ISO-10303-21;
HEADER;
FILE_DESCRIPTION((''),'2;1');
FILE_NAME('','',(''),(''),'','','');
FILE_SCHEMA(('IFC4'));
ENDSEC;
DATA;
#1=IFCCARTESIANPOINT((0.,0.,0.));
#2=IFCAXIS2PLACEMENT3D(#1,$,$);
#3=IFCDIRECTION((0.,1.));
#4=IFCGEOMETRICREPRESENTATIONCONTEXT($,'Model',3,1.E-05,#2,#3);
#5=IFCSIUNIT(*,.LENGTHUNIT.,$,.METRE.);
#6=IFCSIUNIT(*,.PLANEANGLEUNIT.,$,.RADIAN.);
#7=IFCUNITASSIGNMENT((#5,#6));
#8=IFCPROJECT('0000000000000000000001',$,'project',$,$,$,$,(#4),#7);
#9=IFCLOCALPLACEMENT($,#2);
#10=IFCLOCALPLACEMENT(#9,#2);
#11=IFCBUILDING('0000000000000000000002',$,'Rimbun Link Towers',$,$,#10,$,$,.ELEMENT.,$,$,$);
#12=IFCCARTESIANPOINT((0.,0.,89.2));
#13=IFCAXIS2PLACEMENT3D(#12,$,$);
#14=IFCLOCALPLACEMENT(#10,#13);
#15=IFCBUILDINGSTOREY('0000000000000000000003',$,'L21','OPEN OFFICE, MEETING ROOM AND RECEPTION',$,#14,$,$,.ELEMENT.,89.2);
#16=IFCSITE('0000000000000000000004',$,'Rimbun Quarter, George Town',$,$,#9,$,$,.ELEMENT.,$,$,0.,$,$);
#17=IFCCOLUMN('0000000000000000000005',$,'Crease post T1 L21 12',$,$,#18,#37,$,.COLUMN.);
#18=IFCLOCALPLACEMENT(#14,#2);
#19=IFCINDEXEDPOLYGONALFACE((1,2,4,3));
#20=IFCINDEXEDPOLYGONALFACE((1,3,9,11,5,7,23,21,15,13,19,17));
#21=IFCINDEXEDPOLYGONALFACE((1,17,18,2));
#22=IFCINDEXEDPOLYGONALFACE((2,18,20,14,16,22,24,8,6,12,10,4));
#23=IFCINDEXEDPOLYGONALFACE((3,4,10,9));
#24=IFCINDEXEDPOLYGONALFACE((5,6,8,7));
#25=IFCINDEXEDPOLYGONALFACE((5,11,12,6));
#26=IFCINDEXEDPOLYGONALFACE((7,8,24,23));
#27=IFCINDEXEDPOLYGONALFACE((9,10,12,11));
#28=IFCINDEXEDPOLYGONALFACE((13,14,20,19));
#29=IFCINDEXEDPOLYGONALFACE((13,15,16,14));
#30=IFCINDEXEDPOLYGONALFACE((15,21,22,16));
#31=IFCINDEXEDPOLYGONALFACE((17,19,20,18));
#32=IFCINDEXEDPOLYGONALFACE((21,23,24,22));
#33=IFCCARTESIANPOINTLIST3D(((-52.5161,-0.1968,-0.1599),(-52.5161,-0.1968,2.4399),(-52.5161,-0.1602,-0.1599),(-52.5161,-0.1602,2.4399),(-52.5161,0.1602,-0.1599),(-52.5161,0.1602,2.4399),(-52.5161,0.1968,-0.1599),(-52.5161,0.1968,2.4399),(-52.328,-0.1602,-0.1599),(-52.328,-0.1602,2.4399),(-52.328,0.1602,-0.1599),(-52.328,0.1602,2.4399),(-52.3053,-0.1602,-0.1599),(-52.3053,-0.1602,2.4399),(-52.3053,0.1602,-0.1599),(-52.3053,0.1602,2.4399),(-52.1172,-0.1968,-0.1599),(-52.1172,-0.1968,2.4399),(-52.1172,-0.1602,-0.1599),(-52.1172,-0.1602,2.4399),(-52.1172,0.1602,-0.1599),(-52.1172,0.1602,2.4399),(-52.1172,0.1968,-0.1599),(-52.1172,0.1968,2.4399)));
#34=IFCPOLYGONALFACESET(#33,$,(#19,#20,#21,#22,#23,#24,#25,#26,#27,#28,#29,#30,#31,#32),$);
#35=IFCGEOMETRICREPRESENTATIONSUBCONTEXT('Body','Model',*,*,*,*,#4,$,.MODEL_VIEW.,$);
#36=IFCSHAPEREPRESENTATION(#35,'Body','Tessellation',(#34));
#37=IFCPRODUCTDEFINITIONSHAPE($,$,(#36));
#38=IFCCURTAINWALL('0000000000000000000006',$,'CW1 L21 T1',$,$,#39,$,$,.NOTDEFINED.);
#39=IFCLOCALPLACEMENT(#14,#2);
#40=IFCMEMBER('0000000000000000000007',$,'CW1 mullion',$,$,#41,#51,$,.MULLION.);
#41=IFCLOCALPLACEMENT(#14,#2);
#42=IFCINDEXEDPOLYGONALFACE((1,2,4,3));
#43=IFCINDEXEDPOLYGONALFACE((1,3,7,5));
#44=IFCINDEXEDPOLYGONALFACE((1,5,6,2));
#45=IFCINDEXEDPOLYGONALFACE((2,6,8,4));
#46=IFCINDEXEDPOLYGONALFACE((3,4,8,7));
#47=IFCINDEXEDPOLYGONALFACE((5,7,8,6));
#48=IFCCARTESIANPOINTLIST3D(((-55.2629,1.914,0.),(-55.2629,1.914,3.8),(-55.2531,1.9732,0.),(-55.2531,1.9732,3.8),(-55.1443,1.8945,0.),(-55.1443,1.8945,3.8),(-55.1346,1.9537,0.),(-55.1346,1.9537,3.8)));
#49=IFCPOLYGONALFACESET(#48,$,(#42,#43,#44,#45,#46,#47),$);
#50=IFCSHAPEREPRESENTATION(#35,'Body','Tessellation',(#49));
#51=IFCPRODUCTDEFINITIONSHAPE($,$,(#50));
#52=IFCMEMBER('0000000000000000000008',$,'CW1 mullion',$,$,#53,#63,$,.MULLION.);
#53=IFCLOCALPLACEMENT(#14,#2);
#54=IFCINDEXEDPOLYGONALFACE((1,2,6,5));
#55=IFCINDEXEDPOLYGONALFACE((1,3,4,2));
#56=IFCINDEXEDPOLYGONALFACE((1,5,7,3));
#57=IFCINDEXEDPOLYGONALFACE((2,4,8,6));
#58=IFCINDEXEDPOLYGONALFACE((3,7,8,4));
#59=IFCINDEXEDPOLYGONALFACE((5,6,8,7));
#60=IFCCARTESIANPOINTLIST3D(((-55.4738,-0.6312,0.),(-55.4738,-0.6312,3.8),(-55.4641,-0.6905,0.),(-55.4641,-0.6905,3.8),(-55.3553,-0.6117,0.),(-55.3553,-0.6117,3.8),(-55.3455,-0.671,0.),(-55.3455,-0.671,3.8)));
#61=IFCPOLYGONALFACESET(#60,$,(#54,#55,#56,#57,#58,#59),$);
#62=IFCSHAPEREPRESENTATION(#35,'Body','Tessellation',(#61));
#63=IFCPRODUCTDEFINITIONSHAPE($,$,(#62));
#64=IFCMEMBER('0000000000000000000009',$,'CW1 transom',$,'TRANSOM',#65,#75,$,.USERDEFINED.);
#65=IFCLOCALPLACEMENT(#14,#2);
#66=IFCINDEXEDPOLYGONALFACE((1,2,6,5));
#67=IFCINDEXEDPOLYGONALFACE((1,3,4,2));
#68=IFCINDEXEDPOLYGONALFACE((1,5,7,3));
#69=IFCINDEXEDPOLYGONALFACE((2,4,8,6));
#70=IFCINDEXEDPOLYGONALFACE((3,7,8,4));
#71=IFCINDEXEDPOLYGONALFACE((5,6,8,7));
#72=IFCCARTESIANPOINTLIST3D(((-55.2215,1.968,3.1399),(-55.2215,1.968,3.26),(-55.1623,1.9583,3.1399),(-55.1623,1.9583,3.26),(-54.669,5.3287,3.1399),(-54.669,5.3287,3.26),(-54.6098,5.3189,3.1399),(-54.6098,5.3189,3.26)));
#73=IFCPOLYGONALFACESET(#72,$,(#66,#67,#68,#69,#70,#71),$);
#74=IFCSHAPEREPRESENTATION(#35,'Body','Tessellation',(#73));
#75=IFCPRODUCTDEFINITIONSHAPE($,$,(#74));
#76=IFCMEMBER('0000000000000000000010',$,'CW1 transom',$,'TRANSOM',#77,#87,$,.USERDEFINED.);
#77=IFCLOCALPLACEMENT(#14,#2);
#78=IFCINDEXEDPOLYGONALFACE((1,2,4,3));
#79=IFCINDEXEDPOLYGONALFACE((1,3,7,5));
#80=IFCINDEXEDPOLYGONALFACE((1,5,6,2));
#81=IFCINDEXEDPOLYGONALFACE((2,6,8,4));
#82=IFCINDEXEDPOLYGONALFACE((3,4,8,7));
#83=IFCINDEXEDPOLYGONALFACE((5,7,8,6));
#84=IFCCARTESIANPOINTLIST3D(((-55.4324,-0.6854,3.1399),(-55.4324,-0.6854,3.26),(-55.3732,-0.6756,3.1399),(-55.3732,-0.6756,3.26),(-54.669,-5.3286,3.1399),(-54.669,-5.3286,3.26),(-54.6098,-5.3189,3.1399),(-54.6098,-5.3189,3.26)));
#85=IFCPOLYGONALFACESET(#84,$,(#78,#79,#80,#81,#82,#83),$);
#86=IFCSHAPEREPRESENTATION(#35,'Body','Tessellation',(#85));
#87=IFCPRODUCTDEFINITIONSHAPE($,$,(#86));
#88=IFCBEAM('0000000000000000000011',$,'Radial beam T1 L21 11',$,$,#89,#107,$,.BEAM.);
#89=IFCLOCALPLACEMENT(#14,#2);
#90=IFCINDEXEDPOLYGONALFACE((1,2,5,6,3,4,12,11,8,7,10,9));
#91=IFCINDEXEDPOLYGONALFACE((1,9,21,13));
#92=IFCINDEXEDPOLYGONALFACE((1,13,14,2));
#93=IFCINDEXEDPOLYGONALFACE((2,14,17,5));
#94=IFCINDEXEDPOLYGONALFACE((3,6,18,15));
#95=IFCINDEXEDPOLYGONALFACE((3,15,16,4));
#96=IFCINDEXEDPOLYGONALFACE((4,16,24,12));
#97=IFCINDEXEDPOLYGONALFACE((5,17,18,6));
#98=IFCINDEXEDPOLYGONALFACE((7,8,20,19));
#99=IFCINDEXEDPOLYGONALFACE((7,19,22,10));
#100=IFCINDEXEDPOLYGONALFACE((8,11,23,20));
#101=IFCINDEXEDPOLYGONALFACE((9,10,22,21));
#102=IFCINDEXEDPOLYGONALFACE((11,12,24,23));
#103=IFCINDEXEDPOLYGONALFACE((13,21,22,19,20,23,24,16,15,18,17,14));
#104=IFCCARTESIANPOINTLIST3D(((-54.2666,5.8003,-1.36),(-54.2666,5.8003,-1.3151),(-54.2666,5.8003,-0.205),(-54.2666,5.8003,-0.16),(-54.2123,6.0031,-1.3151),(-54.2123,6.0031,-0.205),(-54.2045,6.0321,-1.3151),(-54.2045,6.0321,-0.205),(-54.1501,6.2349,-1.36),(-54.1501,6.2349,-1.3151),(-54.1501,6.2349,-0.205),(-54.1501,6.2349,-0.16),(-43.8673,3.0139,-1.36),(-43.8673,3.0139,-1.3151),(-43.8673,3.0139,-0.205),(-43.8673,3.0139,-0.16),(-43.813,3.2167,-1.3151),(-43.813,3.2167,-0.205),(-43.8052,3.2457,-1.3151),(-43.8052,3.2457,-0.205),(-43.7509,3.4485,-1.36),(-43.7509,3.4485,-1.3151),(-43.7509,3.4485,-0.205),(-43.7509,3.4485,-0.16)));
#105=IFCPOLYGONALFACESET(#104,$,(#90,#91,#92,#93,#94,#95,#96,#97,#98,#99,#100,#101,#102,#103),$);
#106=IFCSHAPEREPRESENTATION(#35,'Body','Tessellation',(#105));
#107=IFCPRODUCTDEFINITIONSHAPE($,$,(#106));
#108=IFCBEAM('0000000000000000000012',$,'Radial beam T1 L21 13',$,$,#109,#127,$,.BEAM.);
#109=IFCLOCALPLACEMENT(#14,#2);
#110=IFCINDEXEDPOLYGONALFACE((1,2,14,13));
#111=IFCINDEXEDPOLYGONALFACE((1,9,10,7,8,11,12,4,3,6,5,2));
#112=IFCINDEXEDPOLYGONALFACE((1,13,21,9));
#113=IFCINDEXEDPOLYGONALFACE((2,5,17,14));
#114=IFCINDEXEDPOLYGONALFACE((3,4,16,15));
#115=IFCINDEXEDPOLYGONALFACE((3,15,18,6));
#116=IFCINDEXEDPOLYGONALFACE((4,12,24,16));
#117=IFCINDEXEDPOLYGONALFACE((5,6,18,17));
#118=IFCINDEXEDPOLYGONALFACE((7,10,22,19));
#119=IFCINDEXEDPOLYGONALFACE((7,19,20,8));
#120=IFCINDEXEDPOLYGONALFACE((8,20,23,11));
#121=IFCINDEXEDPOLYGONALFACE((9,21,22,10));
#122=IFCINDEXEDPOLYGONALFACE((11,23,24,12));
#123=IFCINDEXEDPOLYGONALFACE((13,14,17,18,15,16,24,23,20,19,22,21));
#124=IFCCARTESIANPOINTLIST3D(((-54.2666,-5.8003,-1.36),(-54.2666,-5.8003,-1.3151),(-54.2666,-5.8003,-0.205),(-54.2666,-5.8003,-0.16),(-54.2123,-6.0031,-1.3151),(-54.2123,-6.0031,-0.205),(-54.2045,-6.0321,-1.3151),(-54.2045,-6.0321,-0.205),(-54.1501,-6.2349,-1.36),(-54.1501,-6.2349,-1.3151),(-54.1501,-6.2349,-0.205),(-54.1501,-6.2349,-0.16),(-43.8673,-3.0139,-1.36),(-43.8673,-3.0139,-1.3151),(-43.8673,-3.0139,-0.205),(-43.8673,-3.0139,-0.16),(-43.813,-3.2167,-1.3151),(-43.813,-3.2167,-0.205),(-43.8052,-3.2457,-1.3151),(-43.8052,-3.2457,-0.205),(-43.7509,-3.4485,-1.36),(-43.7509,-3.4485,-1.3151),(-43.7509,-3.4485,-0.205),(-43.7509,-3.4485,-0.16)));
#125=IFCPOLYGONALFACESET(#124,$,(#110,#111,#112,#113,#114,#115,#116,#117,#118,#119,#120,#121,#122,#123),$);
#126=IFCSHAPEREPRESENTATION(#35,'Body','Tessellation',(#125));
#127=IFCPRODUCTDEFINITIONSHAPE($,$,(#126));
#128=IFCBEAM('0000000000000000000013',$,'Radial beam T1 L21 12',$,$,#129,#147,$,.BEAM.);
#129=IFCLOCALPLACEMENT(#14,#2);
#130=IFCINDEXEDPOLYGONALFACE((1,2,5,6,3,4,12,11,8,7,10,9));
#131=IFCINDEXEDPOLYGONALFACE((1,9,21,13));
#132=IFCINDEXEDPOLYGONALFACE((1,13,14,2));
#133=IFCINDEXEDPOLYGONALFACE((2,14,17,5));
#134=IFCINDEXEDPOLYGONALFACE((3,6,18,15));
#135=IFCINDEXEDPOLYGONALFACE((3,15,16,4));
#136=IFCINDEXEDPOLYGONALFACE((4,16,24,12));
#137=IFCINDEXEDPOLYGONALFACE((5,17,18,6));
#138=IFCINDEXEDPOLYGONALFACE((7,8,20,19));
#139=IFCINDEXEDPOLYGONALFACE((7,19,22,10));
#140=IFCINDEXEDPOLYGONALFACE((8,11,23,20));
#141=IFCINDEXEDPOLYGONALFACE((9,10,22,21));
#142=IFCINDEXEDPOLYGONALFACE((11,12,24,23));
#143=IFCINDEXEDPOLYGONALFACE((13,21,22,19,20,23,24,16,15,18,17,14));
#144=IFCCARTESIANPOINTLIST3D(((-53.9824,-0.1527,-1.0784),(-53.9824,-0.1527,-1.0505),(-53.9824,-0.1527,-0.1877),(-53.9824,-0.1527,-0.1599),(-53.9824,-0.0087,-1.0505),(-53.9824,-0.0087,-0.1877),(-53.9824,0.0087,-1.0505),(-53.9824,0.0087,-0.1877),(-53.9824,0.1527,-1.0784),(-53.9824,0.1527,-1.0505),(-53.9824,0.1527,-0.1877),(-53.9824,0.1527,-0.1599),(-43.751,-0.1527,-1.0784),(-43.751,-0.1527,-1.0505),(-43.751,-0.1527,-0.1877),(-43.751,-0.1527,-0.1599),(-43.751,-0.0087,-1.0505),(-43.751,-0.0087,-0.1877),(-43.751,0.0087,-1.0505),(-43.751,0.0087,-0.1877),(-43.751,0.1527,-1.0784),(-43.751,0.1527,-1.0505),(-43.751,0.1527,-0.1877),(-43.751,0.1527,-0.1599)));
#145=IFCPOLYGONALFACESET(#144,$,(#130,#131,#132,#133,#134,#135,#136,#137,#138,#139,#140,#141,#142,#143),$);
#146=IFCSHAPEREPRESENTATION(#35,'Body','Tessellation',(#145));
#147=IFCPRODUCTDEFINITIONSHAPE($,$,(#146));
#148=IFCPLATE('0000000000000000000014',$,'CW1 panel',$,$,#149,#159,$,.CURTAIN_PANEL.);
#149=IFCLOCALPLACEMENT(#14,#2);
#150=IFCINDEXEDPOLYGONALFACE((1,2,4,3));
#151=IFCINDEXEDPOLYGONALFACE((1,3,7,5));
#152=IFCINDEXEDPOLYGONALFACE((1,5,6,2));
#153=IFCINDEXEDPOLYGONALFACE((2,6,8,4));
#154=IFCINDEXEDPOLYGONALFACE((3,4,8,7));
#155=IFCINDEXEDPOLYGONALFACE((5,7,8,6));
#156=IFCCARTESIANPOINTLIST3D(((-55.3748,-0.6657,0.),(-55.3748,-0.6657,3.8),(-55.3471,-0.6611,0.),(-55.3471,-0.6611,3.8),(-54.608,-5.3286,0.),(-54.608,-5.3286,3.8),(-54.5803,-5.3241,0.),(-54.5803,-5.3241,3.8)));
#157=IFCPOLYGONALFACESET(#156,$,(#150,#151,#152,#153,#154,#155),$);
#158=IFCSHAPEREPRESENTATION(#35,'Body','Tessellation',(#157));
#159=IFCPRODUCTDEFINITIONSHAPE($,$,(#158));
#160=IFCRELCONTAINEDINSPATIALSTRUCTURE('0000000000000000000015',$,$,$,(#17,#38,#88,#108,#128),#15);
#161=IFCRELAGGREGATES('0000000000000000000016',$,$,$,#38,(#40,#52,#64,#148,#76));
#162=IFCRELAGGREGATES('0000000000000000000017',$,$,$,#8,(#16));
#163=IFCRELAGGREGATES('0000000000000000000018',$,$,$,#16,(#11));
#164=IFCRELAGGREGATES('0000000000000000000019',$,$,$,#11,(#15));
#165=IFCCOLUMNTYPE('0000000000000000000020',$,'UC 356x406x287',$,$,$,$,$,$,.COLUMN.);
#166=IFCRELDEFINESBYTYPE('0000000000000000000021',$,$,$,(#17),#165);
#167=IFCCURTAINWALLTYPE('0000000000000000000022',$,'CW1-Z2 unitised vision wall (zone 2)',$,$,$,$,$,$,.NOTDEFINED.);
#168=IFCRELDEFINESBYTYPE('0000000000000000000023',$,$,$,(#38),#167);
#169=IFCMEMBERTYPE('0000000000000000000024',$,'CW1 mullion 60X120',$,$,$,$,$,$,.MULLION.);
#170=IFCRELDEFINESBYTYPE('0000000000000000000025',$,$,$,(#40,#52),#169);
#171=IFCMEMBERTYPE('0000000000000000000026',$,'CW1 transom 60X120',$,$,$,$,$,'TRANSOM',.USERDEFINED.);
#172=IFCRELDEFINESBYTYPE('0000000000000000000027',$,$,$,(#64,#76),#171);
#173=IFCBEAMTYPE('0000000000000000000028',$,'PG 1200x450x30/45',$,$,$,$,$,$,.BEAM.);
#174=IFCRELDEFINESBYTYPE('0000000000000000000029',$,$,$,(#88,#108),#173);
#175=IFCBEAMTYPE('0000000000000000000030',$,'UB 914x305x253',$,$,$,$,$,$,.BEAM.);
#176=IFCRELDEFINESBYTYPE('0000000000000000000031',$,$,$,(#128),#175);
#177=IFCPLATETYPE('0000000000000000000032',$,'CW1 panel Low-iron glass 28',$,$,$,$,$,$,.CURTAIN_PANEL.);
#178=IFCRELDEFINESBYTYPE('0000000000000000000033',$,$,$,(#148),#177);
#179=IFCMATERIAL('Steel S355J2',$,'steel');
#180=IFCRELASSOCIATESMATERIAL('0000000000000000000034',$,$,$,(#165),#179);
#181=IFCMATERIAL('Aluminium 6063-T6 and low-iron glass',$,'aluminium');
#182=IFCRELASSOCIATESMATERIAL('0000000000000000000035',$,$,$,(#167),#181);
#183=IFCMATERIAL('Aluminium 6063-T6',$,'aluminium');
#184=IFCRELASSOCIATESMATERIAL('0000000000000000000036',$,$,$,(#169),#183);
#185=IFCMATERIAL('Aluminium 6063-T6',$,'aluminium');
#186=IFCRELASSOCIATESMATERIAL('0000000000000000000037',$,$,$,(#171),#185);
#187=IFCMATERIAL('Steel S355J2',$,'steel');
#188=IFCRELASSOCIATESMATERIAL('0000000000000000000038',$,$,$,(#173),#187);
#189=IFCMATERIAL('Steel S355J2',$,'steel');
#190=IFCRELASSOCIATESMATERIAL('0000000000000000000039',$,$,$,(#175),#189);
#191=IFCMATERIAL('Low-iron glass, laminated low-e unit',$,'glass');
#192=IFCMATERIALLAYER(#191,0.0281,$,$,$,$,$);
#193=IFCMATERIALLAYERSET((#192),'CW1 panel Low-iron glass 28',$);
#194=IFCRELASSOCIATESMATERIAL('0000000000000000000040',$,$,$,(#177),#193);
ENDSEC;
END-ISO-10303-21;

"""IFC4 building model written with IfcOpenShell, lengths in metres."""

from ifc_helpers import new_model, si_unit, direction, frame, origin, origin_2d, place, context, subcontext, project, spatial, rectangle, i_section, extrude, material, layer, layer_set, material_profile, profile_set, type_object, element, aggregate, save


model = new_model("IFC4")

# Units and contexts
model_context = context("Model", 3, precision=1e-05, world=origin(), true_north=direction((0.0, 1.0)))
body_context = subcontext(model_context, "Body", "Model", "MODEL_VIEW")
ifc_project = project(units=[si_unit("LENGTHUNIT", "METRE"), si_unit("PLANEANGLEUNIT", "RADIAN")], contexts=[model_context])

# Site, building, storey
site_placement = place(None, origin())
site = spatial("IfcSite", under=ifc_project, at=site_placement, Name="Rimbun Quarter, George Town", CompositionType="ELEMENT", RefElevation=0.0)
building_placement = place(site_placement, origin())
building = spatial("IfcBuilding", under=site, at=building_placement, Name="Rimbun Link Towers", CompositionType="ELEMENT")
storey_placement = place(building_placement, frame((0.0, 0.0, 89.2)))
storey = spatial("IfcBuildingStorey", under=building, at=storey_placement, Name="L21", Description="OPEN OFFICE, MEETING ROOM AND RECEPTION", CompositionType="ELEMENT", Elevation=89.2)

# Column
ifc_material_1 = material(Name="Steel S355J2", Category="steel")
ifc_material_profile_1 = material_profile(ifc_material_1, i_section(OverallWidth=0.3989, OverallDepth=0.3936, WebThickness=0.0227, FlangeThickness=0.0366, at=origin_2d()), Name="UC 356x406x287")
ifc_profile_set_1 = profile_set([ifc_material_profile_1], Name="Steel S355J2")
column_type = type_object("IfcColumnType", Name="UC 356x406x287", PredefinedType="COLUMN", material=ifc_profile_set_1)
column_placement = place(storey_placement, frame((-52.3167, 0.0, -0.1599), z_axis=(0.0, 0.0, 1.0), x_axis=(1.0, 0.0, 0.0)))
element("IfcColumn", 1, at=column_placement, inside=storey, type_object=column_type, Name="Crease post T1 L21 12", PredefinedType="COLUMN", context=body_context, shape_type="SweptSolid", body=[
    extrude(i_section(OverallWidth=0.3989, OverallDepth=0.3936, WebThickness=0.0227, FlangeThickness=0.0366, at=origin_2d()), origin(), (0.0, 0.0, 1.0), 2.5999),
])

# Curtain wall, members
ifc_material_2 = material(Name="Aluminium 6063-T6 and low-iron glass", Category="aluminium")
curtain_wall_type = type_object("IfcCurtainWallType", Name="CW1-Z2 unitised vision wall (zone 2)", PredefinedType="NOTDEFINED", material=ifc_material_2)
curtain_wall_placement = place(storey_placement, origin())
curtain_wall = element("IfcCurtainWall", 2, at=curtain_wall_placement, inside=storey, type_object=curtain_wall_type, Name="CW1 L21 T1", PredefinedType="NOTDEFINED")
ifc_material_3 = material(Name="Aluminium 6063-T6", Category="aluminium")
ifc_material_profile_2 = material_profile(ifc_material_3, rectangle(XDim=0.1201, YDim=0.0601, at=origin_2d()), Name="MULLION 60X120")
ifc_profile_set_2 = profile_set([ifc_material_profile_2], Name="Aluminium 6063-T6")
member_type_1 = type_object("IfcMemberType", Name="CW1 mullion 60X120", PredefinedType="MULLION", material=ifc_profile_set_2)
member_1_placement = place(storey_placement, frame((-55.1987, 1.9338, 0.0), z_axis=(0.0, 0.0, 1.0), x_axis=(-0.986749, 0.162255, 0.0)))
member_1 = element("IfcMember", 3, at=member_1_placement, type_object=member_type_1, Name="CW1 mullion", PredefinedType="MULLION", context=body_context, shape_type="SweptSolid", body=[
    extrude(rectangle(XDim=0.1201, YDim=0.0601, at=origin_2d()), origin(), (0.0, 0.0, 1.0), 3.8),
])
member_2_placement = place(storey_placement, frame((-55.4097, -0.6511, 0.0), z_axis=(0.0, 0.0, 1.0), x_axis=(-0.986749, -0.162255, 0.0)))
member_2 = element("IfcMember", 4, at=member_2_placement, type_object=member_type_1, Name="CW1 mullion", PredefinedType="MULLION", context=body_context, shape_type="SweptSolid", body=[
    extrude(rectangle(XDim=0.1201, YDim=0.0601, at=origin_2d()), origin(), (0.0, 0.0, 1.0), 3.8),
])
ifc_material_4 = material(Name="Aluminium 6063-T6", Category="aluminium")
ifc_material_profile_3 = material_profile(ifc_material_4, rectangle(XDim=0.0601, YDim=0.1201, at=origin_2d()), Name="TRANSOM 60X120")
ifc_profile_set_3 = profile_set([ifc_material_profile_3], Name="Aluminium 6063-T6")
member_type_2 = type_object("IfcMemberType", Name="CW1 transom 60X120", ElementType="TRANSOM", PredefinedType="USERDEFINED", material=ifc_profile_set_3)
member_3_placement = place(storey_placement, frame((-55.1919, 1.9631, 3.2), z_axis=(0.162225, 0.986754, 0.0), x_axis=(-0.986754, 0.162225, 0.0)))
member_3 = element("IfcMember", 5, at=member_3_placement, type_object=member_type_2, Name="CW1 transom", ObjectType="TRANSOM", PredefinedType="USERDEFINED", context=body_context, shape_type="SweptSolid", body=[
    extrude(rectangle(XDim=0.0601, YDim=0.1201, at=origin_2d()), origin(), (0.0, 0.0, 1.0), 3.4058),
])
member_4_placement = place(storey_placement, frame((-54.6394, -5.3237, 3.2), z_axis=(-0.162236, 0.986752, 0.0), x_axis=(-0.986752, -0.162236, 0.0)))
member_4 = element("IfcMember", 6, at=member_4_placement, type_object=member_type_2, Name="CW1 transom", ObjectType="TRANSOM", PredefinedType="USERDEFINED", context=body_context, shape_type="SweptSolid", body=[
    extrude(rectangle(XDim=0.0601, YDim=0.1201, at=origin_2d()), origin(), (0.0, 0.0, 1.0), 4.7056),
])

# Beams
ifc_material_5 = material(Name="Steel S355J2", Category="steel")
ifc_material_profile_4 = material_profile(ifc_material_5, i_section(OverallWidth=0.45, OverallDepth=1.2, WebThickness=0.03, FlangeThickness=0.0449, at=origin_2d()), Name="PG 1200x450x30/45")
ifc_profile_set_4 = profile_set([ifc_material_profile_4], Name="Steel S355J2")
beam_type_1 = type_object("IfcBeamType", Name="PG 1200x450x30/45", PredefinedType="BEAM", material=ifc_profile_set_4)
for number, where, z_axis, x_axis, name in (
    (7, (-43.8091, 3.2312, -0.76), (-0.965928, 0.258813, 0.0), (-0.258813, -0.965928, 0.0), "Radial beam T1 L21 11"),
    (8, (-43.8091, -3.2312, -0.76), (-0.965928, -0.258813, 0.0), (0.258813, -0.965928, 0.0), "Radial beam T1 L21 13"),
):
    element("IfcBeam", number, at=place(storey_placement, frame(where, z_axis=z_axis, x_axis=x_axis)), inside=storey, type_object=beam_type_1, Name=name, PredefinedType="BEAM", context=body_context, shape_type="SweptSolid", body=[
        extrude(i_section(OverallWidth=0.45, OverallDepth=1.2, WebThickness=0.03, FlangeThickness=0.0449, at=origin_2d()), origin(), (0.0, 0.0, 1.0), 10.7661),
    ])
ifc_material_6 = material(Name="Steel S355J2", Category="steel")
ifc_material_profile_5 = material_profile(ifc_material_6, i_section(OverallWidth=0.3054, OverallDepth=0.9185, WebThickness=0.0173, FlangeThickness=0.0278, at=origin_2d()), Name="UB 914x305x253")
ifc_profile_set_5 = profile_set([ifc_material_profile_5], Name="Steel S355J2")
beam_type_2 = type_object("IfcBeamType", Name="UB 914x305x253", PredefinedType="BEAM", material=ifc_profile_set_5)
beam_placement = place(storey_placement, frame((-43.751, 0.0, -0.6191), z_axis=(-1.0, 0.0, 0.0), x_axis=(0.0, -1.0, 0.0)))
element("IfcBeam", 9, at=beam_placement, inside=storey, type_object=beam_type_2, Name="Radial beam T1 L21 12", PredefinedType="BEAM", context=body_context, shape_type="SweptSolid", body=[
    extrude(i_section(OverallWidth=0.3054, OverallDepth=0.9185, WebThickness=0.0173, FlangeThickness=0.0278, at=origin_2d()), origin(), (0.0, 0.0, 1.0), 10.2314),
])

# Plate
ifc_material_7 = material(Name="Low-iron glass, laminated low-e unit", Category="glass")
ifc_layer_1 = layer(ifc_material_7, 0.0281)
ifc_layer_set_1 = layer_set([ifc_layer_1], Name="CW1 panel Low-iron glass 28")
plate_type = type_object("IfcPlateType", Name="CW1 panel Low-iron glass 28", PredefinedType="CURTAIN_PANEL", material=ifc_layer_set_1)
plate_placement = place(storey_placement, frame((-54.9775, -2.9949, 0.0), z_axis=(0.0, 0.0, 1.0), x_axis=(-0.162255, 0.986749, 0.0)))
plate = element("IfcPlate", 10, at=plate_placement, type_object=plate_type, Name="CW1 panel", PredefinedType="CURTAIN_PANEL", context=body_context, shape_type="SweptSolid", body=[
    extrude(rectangle(XDim=4.7256, YDim=0.0281, at=origin_2d()), origin(), (0.0, 0.0, 1.0), 3.8),
])
aggregate(curtain_wall, [member_1, member_2, member_3, plate, member_4])

save(model, "model.ifc")
